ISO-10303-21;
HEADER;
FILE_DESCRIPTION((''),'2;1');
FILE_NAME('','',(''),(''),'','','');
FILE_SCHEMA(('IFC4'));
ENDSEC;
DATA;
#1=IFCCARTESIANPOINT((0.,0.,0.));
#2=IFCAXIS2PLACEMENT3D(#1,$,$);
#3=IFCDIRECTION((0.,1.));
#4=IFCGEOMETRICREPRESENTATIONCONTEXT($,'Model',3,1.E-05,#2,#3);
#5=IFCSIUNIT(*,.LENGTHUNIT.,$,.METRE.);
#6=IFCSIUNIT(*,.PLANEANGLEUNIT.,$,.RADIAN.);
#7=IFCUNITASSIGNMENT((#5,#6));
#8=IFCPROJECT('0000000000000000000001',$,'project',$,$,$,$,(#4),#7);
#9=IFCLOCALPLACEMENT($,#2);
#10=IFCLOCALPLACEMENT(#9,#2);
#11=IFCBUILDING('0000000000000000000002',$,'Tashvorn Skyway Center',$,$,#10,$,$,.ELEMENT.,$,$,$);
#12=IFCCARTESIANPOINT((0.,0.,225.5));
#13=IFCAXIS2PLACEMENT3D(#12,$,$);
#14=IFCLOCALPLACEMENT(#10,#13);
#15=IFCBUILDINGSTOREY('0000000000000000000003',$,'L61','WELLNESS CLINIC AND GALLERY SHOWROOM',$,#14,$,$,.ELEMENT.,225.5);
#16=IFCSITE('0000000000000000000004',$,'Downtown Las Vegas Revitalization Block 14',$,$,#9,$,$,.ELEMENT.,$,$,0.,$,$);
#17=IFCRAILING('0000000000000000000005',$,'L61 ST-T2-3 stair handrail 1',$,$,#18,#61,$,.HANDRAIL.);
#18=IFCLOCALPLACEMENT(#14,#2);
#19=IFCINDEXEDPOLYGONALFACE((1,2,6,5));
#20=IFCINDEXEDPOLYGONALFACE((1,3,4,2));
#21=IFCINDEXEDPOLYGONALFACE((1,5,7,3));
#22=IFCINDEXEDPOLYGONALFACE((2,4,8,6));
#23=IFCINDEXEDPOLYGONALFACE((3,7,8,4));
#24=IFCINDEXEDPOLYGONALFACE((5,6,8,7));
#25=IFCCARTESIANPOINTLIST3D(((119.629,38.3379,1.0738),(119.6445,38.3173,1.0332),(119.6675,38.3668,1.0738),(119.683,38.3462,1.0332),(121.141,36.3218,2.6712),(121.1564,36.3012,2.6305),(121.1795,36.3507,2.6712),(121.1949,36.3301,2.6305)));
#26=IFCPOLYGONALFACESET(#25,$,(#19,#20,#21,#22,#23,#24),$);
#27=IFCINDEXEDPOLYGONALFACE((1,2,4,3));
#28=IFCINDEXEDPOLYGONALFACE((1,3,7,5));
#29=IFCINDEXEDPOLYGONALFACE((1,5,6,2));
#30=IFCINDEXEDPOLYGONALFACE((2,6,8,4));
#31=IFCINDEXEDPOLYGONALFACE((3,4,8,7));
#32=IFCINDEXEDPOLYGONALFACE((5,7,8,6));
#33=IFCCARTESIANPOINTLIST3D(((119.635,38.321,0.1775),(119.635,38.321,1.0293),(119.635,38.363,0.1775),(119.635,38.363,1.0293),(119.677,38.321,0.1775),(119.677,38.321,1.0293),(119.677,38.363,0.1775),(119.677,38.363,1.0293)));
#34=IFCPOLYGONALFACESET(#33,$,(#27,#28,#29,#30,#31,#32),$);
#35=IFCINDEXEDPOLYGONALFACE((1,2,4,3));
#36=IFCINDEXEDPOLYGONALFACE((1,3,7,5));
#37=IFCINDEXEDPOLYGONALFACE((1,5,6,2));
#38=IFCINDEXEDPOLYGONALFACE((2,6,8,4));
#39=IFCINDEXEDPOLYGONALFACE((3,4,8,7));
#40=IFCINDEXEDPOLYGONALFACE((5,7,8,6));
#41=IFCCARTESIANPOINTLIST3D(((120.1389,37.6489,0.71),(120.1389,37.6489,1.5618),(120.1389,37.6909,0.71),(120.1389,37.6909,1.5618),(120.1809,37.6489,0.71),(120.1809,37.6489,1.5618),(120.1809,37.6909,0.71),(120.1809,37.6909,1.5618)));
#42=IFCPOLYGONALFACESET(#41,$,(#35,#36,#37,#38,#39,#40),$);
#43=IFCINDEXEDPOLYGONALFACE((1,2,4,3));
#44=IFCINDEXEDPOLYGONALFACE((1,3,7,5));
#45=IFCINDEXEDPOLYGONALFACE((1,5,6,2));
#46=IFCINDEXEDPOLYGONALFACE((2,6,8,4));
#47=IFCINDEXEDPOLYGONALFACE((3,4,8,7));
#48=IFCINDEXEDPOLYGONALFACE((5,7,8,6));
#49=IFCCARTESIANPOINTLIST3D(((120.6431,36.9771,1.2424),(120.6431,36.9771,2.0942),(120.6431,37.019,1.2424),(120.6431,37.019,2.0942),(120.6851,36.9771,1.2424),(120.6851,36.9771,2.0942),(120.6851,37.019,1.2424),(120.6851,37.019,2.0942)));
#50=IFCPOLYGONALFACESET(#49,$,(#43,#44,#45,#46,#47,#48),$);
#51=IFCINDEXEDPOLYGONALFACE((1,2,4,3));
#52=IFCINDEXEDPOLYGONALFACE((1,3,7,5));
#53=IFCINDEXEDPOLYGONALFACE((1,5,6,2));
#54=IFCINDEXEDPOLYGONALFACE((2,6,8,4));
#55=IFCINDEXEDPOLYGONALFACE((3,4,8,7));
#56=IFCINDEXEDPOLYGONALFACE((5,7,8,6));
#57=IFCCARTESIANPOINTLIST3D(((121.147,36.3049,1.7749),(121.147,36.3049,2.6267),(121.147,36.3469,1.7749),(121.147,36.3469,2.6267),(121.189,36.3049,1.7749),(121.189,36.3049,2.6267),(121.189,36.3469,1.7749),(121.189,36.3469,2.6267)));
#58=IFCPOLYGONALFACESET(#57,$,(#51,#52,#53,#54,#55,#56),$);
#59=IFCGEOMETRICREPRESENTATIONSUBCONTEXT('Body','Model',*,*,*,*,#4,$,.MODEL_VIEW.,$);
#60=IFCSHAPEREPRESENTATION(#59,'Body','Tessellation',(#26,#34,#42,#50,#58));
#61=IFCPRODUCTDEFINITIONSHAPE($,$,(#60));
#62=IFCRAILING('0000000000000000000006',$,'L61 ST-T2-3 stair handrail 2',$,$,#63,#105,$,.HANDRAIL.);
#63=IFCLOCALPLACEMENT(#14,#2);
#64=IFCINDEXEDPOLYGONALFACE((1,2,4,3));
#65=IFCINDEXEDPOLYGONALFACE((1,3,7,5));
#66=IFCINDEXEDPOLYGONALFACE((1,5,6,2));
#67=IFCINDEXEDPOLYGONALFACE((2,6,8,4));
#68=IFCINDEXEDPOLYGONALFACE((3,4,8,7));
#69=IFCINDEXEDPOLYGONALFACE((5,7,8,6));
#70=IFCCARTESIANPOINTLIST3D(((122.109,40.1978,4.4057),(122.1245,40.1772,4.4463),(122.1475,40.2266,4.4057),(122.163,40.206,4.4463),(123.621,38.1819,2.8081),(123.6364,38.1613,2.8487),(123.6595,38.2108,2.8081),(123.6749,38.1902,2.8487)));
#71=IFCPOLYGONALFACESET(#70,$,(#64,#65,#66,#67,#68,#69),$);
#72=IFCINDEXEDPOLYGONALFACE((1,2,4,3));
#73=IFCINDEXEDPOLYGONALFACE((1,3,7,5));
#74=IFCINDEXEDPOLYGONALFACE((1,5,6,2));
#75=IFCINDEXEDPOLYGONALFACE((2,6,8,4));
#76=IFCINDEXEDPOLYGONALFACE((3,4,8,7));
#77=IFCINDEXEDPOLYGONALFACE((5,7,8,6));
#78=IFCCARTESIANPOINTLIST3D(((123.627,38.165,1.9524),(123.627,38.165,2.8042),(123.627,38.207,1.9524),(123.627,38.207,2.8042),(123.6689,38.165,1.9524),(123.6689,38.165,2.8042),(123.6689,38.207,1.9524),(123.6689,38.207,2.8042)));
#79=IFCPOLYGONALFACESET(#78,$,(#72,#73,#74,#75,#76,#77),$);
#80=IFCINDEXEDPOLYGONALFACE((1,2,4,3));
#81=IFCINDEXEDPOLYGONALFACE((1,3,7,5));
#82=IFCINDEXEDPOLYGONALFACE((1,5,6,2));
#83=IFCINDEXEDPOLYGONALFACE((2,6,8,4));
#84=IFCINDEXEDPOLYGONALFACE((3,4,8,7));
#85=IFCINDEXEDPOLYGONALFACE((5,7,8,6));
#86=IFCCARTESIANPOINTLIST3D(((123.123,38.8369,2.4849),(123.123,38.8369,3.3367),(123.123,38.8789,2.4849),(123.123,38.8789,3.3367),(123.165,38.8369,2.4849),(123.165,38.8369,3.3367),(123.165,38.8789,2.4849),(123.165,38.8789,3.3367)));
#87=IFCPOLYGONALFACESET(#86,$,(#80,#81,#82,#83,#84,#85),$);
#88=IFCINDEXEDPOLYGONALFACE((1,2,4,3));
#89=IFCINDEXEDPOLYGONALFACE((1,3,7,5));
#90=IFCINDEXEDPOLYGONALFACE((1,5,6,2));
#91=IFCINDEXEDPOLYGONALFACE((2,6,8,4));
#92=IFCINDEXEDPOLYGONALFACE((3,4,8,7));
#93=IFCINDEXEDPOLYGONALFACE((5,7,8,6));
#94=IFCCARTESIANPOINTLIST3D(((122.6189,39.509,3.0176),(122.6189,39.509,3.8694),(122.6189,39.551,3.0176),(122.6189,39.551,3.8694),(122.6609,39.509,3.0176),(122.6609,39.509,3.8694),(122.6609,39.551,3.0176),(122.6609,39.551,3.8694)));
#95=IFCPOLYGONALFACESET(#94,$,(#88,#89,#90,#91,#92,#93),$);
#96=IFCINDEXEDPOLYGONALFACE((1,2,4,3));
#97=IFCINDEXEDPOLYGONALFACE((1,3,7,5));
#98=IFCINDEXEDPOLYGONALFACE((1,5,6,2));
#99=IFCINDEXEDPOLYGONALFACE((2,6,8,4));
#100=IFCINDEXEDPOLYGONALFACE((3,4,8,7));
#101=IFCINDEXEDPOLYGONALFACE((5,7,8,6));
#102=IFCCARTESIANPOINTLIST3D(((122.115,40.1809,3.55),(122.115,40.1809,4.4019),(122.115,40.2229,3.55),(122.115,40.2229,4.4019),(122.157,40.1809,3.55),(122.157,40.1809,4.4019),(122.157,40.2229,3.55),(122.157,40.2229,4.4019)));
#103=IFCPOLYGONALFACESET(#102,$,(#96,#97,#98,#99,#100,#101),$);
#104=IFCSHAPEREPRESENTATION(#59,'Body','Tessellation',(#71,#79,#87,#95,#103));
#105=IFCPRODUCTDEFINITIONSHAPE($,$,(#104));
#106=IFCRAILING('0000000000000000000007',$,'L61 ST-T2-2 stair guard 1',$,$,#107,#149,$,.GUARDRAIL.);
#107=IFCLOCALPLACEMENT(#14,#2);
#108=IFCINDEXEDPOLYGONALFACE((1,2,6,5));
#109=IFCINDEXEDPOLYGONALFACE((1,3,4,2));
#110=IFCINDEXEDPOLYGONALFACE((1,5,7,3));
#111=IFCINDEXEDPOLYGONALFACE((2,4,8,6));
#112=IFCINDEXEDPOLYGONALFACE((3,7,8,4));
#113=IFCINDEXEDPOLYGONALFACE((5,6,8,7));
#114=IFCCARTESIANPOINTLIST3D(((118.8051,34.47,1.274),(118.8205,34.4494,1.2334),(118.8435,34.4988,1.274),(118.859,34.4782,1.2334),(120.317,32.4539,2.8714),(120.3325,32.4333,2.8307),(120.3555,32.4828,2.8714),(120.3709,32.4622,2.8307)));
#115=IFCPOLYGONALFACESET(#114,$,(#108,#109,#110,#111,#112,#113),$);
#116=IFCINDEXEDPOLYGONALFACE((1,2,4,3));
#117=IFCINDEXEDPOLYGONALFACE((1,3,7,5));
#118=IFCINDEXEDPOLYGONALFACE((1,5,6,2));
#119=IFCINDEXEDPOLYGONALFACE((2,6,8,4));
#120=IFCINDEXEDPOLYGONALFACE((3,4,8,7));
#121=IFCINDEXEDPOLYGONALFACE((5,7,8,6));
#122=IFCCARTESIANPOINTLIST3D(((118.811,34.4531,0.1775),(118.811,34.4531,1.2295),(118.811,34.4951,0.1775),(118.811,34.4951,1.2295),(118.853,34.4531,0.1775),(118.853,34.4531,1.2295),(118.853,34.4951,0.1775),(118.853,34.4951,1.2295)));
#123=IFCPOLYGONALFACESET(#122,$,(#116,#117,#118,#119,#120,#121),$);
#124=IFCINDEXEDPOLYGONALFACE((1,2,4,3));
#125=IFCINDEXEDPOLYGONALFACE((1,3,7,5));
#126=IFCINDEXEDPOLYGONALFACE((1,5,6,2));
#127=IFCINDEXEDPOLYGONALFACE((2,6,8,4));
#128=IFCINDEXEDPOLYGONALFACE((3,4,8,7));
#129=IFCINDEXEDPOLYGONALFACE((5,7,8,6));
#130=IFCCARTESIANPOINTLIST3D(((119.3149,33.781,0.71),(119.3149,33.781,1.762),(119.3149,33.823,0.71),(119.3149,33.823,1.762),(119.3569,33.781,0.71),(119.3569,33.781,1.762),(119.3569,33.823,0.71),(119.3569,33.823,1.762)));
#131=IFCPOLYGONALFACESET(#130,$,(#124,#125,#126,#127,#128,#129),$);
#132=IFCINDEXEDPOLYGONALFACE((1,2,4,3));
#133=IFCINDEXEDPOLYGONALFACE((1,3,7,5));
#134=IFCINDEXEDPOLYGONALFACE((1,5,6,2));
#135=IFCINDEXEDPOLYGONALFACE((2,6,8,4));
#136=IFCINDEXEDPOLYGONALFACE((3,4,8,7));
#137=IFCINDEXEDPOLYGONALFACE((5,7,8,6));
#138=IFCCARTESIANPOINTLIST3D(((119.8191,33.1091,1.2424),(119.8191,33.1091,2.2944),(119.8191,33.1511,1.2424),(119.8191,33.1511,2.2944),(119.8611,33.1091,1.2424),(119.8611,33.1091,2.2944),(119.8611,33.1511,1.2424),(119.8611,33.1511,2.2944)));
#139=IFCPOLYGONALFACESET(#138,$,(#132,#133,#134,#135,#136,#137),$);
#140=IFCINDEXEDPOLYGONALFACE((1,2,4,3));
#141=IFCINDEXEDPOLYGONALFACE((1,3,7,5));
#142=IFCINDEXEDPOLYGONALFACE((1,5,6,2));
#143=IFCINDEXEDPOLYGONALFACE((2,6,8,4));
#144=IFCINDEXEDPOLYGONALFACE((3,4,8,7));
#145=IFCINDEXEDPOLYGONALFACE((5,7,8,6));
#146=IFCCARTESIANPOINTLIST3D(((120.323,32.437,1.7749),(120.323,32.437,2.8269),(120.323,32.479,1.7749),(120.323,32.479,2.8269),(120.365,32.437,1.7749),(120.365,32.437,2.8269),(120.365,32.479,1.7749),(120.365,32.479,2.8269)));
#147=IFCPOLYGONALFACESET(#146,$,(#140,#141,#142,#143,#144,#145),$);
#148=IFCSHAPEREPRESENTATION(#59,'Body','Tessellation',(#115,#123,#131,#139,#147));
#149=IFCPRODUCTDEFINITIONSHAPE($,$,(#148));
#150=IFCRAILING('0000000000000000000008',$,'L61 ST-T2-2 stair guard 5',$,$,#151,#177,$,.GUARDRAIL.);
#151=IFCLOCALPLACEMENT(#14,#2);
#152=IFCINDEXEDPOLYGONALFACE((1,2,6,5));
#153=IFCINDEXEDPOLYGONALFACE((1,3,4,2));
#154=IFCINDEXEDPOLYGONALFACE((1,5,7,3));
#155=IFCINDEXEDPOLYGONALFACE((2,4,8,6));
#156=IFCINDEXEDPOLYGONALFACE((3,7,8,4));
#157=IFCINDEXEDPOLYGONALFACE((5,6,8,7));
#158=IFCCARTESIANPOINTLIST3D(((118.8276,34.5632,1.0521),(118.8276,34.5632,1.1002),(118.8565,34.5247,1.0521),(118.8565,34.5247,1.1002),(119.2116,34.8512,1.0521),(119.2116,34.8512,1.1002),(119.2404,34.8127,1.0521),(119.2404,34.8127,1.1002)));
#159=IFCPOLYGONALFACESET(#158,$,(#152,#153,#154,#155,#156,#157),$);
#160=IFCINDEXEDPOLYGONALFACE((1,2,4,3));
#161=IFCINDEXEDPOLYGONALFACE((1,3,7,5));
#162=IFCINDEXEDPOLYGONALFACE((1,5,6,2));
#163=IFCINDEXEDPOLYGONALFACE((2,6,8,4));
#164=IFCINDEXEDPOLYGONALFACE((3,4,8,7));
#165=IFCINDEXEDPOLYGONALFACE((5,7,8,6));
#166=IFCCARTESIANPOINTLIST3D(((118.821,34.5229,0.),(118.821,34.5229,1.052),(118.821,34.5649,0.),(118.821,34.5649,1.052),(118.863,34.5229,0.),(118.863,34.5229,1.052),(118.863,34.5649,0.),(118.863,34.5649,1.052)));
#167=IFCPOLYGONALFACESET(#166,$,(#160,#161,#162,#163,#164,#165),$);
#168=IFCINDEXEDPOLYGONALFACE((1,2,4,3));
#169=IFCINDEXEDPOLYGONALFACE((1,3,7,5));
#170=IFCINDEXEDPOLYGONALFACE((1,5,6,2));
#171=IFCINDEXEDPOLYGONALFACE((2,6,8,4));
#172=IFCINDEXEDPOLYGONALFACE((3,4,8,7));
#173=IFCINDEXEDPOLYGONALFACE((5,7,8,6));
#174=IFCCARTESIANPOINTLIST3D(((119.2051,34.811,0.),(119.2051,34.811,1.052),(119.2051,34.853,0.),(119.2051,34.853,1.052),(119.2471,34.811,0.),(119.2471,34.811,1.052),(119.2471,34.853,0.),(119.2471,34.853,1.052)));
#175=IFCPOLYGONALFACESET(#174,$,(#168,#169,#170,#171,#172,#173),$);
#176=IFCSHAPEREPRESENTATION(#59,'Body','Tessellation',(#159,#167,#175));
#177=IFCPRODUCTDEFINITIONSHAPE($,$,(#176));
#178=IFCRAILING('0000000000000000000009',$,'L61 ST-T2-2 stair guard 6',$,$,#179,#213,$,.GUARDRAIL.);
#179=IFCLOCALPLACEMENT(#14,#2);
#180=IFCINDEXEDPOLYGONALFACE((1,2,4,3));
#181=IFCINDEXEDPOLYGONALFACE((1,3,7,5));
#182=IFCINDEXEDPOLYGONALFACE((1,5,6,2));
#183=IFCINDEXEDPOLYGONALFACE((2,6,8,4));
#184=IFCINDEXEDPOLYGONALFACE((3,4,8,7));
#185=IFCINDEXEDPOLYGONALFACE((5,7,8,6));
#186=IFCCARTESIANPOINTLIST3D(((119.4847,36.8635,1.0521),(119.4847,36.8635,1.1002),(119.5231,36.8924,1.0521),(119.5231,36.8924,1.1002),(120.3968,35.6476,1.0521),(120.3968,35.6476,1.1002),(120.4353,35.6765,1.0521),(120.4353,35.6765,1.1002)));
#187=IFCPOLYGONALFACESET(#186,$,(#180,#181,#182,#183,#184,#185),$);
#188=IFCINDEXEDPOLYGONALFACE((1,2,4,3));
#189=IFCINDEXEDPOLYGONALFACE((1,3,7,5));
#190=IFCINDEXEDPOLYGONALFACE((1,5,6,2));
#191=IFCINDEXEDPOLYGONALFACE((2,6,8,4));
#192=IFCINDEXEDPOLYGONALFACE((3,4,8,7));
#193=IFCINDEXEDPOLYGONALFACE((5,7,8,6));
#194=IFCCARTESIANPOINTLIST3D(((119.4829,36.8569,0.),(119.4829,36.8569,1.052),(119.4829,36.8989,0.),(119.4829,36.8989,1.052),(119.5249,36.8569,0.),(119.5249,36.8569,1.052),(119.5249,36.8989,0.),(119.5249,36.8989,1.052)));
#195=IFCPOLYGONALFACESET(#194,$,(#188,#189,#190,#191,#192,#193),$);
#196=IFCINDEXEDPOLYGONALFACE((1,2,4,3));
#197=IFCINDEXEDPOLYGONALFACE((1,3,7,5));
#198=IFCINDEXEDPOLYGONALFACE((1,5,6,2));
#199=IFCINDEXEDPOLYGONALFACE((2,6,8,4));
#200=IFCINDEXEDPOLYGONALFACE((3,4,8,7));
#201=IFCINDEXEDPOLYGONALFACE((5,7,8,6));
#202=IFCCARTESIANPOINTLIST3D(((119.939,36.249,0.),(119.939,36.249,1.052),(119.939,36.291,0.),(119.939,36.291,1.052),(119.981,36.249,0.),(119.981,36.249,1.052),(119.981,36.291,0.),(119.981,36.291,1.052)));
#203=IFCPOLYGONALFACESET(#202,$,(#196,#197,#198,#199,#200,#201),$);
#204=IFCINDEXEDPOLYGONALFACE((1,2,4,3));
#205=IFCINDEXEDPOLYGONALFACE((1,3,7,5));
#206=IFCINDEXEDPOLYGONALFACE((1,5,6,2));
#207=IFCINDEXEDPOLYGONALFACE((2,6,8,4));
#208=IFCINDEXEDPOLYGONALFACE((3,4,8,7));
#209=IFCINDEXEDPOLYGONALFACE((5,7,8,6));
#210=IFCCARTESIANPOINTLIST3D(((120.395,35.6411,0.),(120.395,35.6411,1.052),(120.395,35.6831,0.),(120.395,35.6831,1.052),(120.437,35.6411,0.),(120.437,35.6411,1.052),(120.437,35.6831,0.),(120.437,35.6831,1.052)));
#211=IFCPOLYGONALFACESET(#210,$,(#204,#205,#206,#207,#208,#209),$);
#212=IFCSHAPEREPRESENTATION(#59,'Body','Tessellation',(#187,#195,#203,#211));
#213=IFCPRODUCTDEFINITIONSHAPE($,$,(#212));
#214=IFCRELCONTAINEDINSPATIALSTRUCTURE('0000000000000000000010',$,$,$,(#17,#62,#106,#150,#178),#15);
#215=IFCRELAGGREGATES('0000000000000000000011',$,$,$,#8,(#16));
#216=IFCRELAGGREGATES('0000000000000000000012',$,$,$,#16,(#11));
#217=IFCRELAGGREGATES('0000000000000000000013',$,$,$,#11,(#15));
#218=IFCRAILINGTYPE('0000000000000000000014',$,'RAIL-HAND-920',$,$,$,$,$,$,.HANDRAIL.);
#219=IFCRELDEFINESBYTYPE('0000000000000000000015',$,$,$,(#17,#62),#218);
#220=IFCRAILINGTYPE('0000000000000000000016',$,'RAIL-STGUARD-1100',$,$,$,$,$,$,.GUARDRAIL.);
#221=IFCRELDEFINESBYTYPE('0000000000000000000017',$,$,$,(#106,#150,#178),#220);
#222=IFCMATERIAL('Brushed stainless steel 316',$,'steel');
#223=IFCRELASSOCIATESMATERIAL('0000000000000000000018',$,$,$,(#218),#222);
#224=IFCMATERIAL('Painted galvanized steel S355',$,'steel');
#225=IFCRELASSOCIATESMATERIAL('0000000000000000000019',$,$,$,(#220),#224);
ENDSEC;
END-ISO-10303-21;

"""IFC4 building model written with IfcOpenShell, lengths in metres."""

from ifc_helpers import new_model, si_unit, direction, frame, origin, origin_2d, place, context, subcontext, project, spatial, rectangle, extrude, material, type_object, element, save


model = new_model("IFC4")

# Units and contexts
model_context = context("Model", 3, precision=1e-05, world=origin(), true_north=direction((0.0, 1.0)))
body_context = subcontext(model_context, "Body", "Model", "MODEL_VIEW")
ifc_project = project(units=[si_unit("LENGTHUNIT", "METRE"), si_unit("PLANEANGLEUNIT", "RADIAN")], contexts=[model_context])

# Site, building, storey
site_placement = place(None, origin())
site = spatial("IfcSite", under=ifc_project, at=site_placement, Name="Downtown Las Vegas Revitalization Block 14", CompositionType="ELEMENT", RefElevation=0.0)
building_placement = place(site_placement, origin())
building = spatial("IfcBuilding", under=site, at=building_placement, Name="Tashvorn Skyway Center", CompositionType="ELEMENT")
storey_placement = place(building_placement, frame((0.0, 0.0, 225.5)))
storey = spatial("IfcBuildingStorey", under=building, at=storey_placement, Name="L61", Description="WELLNESS CLINIC AND GALLERY SHOWROOM", CompositionType="ELEMENT", Elevation=225.5)

# Railings
ifc_material_1 = material(Name="Brushed stainless steel 316", Category="steel")
railing_type_1 = type_object("IfcRailingType", Name="RAIL-HAND-920", PredefinedType="HANDRAIL", material=ifc_material_1)
railing_1_placement = place(storey_placement, frame((119.656, 38.342, 0.1775)))
element("IfcRailing", 1, at=railing_1_placement, inside=storey, type_object=railing_type_1, Name="L61 ST-T2-3 stair handrail 1", PredefinedType="HANDRAIL", context=body_context, shape_type="SweptSolid", body=[
    extrude(rectangle(XDim=0.0481, YDim=0.0481, at=origin_2d()), frame((0.0, 0.0, 0.876), z_axis=(0.506741, -0.675709, 0.535379), x_axis=(0.800023, 0.599969, 0.0)), (0.0, 0.0, 1.0), 2.9836),
    extrude(rectangle(XDim=0.042, YDim=0.042, at=origin_2d()), origin(), (0.0, 0.0, 1.0), 0.8518),
    extrude(rectangle(XDim=0.042, YDim=0.042, at=origin_2d()), frame((0.5039, -0.6721, 0.5325)), (0.0, 0.0, 1.0), 0.8518),
    extrude(rectangle(XDim=0.042, YDim=0.042, at=origin_2d()), frame((1.0081, -1.344, 1.0649)), (0.0, 0.0, 1.0), 0.8518),
    extrude(rectangle(XDim=0.042, YDim=0.042, at=origin_2d()), frame((1.512, -2.0161, 1.5974)), (0.0, 0.0, 1.0), 0.8518),
])
railing_2_placement = place(storey_placement, frame((123.6479, 38.186, 1.9524)))
element("IfcRailing", 2, at=railing_2_placement, inside=storey, type_object=railing_type_1, Name="L61 ST-T2-3 stair handrail 2", PredefinedType="HANDRAIL", context=body_context, shape_type="SweptSolid", body=[
    extrude(rectangle(XDim=0.0481, YDim=0.0481, at=origin_2d()), frame((0.0, 0.0, 0.876), z_axis=(-0.506747, 0.675635, 0.535467), x_axis=(-0.799988, -0.600016, 0.0)), (0.0, 0.0, 1.0), 2.9836),
    extrude(rectangle(XDim=0.042, YDim=0.042, at=origin_2d()), origin(), (0.0, 0.0, 1.0), 0.8518),
    extrude(rectangle(XDim=0.042, YDim=0.042, at=origin_2d()), frame((-0.5039, 0.6719, 0.5325)), (0.0, 0.0, 1.0), 0.8518),
    extrude(rectangle(XDim=0.042, YDim=0.042, at=origin_2d()), frame((-1.0081, 1.344, 1.0652)), (0.0, 0.0, 1.0), 0.8518),
    extrude(rectangle(XDim=0.042, YDim=0.042, at=origin_2d()), frame((-1.512, 2.0159, 1.5977)), (0.0, 0.0, 1.0), 0.8518),
])
ifc_material_2 = material(Name="Painted galvanized steel S355", Category="steel")
railing_type_2 = type_object("IfcRailingType", Name="RAIL-STGUARD-1100", PredefinedType="GUARDRAIL", material=ifc_material_2)
railing_3_placement = place(storey_placement, frame((118.832, 34.4741, 0.1775)))
element("IfcRailing", 3, at=railing_3_placement, inside=storey, type_object=railing_type_2, Name="L61 ST-T2-2 stair guard 1", PredefinedType="GUARDRAIL", context=body_context, shape_type="SweptSolid", body=[
    extrude(rectangle(XDim=0.0481, YDim=0.0481, at=origin_2d()), frame((0.0, 0.0, 1.0762), z_axis=(0.506741, -0.675709, 0.535379), x_axis=(0.800023, 0.599969, 0.0)), (0.0, 0.0, 1.0), 2.9836),
    extrude(rectangle(XDim=0.042, YDim=0.042, at=origin_2d()), origin(), (0.0, 0.0, 1.0), 1.052),
    extrude(rectangle(XDim=0.042, YDim=0.042, at=origin_2d()), frame((0.5039, -0.6721, 0.5325)), (0.0, 0.0, 1.0), 1.052),
    extrude(rectangle(XDim=0.042, YDim=0.042, at=origin_2d()), frame((1.0081, -1.344, 1.0649)), (0.0, 0.0, 1.0), 1.052),
    extrude(rectangle(XDim=0.042, YDim=0.042, at=origin_2d()), frame((1.512, -2.0161, 1.5974)), (0.0, 0.0, 1.0), 1.052),
])
railing_4_placement = place(storey_placement, frame((118.842, 34.5439, 0.0)))
element("IfcRailing", 4, at=railing_4_placement, inside=storey, type_object=railing_type_2, Name="L61 ST-T2-2 stair guard 5", PredefinedType="GUARDRAIL", context=body_context, shape_type="SweptSolid", body=[
    extrude(rectangle(XDim=0.0481, YDim=0.0481, at=origin_2d()), frame((0.0, 0.0, 1.0762), z_axis=(0.799939, 0.600081, 0.0), x_axis=(-0.600081, 0.799939, 0.0)), (0.0, 0.0, 1.0), 0.48),
    extrude(rectangle(XDim=0.042, YDim=0.042, at=origin_2d()), origin(), (0.0, 0.0, 1.0), 1.052),
    extrude(rectangle(XDim=0.042, YDim=0.042, at=origin_2d()), frame((0.384, 0.2881, 0.0)), (0.0, 0.0, 1.0), 1.052),
])
railing_5_placement = place(storey_placement, frame((119.5039, 36.8779, 0.0)))
element("IfcRailing", 5, at=railing_5_placement, inside=storey, type_object=railing_type_2, Name="L61 ST-T2-2 stair guard 6", PredefinedType="GUARDRAIL", context=body_context, shape_type="SweptSolid", body=[
    extrude(rectangle(XDim=0.0481, YDim=0.0481, at=origin_2d()), frame((0.0, 0.0, 1.0762), z_axis=(0.600103, -0.799923, 0.0), x_axis=(0.799923, 0.600103, 0.0)), (0.0, 0.0, 1.0), 1.52),
    extrude(rectangle(XDim=0.042, YDim=0.042, at=origin_2d()), origin(), (0.0, 0.0, 1.0), 1.052),
    extrude(rectangle(XDim=0.042, YDim=0.042, at=origin_2d()), frame((0.4561, -0.6079, 0.0)), (0.0, 0.0, 1.0), 1.052),
    extrude(rectangle(XDim=0.042, YDim=0.042, at=origin_2d()), frame((0.9121, -1.2158, 0.0)), (0.0, 0.0, 1.0), 1.052),
])

save(model, "model.ifc")
